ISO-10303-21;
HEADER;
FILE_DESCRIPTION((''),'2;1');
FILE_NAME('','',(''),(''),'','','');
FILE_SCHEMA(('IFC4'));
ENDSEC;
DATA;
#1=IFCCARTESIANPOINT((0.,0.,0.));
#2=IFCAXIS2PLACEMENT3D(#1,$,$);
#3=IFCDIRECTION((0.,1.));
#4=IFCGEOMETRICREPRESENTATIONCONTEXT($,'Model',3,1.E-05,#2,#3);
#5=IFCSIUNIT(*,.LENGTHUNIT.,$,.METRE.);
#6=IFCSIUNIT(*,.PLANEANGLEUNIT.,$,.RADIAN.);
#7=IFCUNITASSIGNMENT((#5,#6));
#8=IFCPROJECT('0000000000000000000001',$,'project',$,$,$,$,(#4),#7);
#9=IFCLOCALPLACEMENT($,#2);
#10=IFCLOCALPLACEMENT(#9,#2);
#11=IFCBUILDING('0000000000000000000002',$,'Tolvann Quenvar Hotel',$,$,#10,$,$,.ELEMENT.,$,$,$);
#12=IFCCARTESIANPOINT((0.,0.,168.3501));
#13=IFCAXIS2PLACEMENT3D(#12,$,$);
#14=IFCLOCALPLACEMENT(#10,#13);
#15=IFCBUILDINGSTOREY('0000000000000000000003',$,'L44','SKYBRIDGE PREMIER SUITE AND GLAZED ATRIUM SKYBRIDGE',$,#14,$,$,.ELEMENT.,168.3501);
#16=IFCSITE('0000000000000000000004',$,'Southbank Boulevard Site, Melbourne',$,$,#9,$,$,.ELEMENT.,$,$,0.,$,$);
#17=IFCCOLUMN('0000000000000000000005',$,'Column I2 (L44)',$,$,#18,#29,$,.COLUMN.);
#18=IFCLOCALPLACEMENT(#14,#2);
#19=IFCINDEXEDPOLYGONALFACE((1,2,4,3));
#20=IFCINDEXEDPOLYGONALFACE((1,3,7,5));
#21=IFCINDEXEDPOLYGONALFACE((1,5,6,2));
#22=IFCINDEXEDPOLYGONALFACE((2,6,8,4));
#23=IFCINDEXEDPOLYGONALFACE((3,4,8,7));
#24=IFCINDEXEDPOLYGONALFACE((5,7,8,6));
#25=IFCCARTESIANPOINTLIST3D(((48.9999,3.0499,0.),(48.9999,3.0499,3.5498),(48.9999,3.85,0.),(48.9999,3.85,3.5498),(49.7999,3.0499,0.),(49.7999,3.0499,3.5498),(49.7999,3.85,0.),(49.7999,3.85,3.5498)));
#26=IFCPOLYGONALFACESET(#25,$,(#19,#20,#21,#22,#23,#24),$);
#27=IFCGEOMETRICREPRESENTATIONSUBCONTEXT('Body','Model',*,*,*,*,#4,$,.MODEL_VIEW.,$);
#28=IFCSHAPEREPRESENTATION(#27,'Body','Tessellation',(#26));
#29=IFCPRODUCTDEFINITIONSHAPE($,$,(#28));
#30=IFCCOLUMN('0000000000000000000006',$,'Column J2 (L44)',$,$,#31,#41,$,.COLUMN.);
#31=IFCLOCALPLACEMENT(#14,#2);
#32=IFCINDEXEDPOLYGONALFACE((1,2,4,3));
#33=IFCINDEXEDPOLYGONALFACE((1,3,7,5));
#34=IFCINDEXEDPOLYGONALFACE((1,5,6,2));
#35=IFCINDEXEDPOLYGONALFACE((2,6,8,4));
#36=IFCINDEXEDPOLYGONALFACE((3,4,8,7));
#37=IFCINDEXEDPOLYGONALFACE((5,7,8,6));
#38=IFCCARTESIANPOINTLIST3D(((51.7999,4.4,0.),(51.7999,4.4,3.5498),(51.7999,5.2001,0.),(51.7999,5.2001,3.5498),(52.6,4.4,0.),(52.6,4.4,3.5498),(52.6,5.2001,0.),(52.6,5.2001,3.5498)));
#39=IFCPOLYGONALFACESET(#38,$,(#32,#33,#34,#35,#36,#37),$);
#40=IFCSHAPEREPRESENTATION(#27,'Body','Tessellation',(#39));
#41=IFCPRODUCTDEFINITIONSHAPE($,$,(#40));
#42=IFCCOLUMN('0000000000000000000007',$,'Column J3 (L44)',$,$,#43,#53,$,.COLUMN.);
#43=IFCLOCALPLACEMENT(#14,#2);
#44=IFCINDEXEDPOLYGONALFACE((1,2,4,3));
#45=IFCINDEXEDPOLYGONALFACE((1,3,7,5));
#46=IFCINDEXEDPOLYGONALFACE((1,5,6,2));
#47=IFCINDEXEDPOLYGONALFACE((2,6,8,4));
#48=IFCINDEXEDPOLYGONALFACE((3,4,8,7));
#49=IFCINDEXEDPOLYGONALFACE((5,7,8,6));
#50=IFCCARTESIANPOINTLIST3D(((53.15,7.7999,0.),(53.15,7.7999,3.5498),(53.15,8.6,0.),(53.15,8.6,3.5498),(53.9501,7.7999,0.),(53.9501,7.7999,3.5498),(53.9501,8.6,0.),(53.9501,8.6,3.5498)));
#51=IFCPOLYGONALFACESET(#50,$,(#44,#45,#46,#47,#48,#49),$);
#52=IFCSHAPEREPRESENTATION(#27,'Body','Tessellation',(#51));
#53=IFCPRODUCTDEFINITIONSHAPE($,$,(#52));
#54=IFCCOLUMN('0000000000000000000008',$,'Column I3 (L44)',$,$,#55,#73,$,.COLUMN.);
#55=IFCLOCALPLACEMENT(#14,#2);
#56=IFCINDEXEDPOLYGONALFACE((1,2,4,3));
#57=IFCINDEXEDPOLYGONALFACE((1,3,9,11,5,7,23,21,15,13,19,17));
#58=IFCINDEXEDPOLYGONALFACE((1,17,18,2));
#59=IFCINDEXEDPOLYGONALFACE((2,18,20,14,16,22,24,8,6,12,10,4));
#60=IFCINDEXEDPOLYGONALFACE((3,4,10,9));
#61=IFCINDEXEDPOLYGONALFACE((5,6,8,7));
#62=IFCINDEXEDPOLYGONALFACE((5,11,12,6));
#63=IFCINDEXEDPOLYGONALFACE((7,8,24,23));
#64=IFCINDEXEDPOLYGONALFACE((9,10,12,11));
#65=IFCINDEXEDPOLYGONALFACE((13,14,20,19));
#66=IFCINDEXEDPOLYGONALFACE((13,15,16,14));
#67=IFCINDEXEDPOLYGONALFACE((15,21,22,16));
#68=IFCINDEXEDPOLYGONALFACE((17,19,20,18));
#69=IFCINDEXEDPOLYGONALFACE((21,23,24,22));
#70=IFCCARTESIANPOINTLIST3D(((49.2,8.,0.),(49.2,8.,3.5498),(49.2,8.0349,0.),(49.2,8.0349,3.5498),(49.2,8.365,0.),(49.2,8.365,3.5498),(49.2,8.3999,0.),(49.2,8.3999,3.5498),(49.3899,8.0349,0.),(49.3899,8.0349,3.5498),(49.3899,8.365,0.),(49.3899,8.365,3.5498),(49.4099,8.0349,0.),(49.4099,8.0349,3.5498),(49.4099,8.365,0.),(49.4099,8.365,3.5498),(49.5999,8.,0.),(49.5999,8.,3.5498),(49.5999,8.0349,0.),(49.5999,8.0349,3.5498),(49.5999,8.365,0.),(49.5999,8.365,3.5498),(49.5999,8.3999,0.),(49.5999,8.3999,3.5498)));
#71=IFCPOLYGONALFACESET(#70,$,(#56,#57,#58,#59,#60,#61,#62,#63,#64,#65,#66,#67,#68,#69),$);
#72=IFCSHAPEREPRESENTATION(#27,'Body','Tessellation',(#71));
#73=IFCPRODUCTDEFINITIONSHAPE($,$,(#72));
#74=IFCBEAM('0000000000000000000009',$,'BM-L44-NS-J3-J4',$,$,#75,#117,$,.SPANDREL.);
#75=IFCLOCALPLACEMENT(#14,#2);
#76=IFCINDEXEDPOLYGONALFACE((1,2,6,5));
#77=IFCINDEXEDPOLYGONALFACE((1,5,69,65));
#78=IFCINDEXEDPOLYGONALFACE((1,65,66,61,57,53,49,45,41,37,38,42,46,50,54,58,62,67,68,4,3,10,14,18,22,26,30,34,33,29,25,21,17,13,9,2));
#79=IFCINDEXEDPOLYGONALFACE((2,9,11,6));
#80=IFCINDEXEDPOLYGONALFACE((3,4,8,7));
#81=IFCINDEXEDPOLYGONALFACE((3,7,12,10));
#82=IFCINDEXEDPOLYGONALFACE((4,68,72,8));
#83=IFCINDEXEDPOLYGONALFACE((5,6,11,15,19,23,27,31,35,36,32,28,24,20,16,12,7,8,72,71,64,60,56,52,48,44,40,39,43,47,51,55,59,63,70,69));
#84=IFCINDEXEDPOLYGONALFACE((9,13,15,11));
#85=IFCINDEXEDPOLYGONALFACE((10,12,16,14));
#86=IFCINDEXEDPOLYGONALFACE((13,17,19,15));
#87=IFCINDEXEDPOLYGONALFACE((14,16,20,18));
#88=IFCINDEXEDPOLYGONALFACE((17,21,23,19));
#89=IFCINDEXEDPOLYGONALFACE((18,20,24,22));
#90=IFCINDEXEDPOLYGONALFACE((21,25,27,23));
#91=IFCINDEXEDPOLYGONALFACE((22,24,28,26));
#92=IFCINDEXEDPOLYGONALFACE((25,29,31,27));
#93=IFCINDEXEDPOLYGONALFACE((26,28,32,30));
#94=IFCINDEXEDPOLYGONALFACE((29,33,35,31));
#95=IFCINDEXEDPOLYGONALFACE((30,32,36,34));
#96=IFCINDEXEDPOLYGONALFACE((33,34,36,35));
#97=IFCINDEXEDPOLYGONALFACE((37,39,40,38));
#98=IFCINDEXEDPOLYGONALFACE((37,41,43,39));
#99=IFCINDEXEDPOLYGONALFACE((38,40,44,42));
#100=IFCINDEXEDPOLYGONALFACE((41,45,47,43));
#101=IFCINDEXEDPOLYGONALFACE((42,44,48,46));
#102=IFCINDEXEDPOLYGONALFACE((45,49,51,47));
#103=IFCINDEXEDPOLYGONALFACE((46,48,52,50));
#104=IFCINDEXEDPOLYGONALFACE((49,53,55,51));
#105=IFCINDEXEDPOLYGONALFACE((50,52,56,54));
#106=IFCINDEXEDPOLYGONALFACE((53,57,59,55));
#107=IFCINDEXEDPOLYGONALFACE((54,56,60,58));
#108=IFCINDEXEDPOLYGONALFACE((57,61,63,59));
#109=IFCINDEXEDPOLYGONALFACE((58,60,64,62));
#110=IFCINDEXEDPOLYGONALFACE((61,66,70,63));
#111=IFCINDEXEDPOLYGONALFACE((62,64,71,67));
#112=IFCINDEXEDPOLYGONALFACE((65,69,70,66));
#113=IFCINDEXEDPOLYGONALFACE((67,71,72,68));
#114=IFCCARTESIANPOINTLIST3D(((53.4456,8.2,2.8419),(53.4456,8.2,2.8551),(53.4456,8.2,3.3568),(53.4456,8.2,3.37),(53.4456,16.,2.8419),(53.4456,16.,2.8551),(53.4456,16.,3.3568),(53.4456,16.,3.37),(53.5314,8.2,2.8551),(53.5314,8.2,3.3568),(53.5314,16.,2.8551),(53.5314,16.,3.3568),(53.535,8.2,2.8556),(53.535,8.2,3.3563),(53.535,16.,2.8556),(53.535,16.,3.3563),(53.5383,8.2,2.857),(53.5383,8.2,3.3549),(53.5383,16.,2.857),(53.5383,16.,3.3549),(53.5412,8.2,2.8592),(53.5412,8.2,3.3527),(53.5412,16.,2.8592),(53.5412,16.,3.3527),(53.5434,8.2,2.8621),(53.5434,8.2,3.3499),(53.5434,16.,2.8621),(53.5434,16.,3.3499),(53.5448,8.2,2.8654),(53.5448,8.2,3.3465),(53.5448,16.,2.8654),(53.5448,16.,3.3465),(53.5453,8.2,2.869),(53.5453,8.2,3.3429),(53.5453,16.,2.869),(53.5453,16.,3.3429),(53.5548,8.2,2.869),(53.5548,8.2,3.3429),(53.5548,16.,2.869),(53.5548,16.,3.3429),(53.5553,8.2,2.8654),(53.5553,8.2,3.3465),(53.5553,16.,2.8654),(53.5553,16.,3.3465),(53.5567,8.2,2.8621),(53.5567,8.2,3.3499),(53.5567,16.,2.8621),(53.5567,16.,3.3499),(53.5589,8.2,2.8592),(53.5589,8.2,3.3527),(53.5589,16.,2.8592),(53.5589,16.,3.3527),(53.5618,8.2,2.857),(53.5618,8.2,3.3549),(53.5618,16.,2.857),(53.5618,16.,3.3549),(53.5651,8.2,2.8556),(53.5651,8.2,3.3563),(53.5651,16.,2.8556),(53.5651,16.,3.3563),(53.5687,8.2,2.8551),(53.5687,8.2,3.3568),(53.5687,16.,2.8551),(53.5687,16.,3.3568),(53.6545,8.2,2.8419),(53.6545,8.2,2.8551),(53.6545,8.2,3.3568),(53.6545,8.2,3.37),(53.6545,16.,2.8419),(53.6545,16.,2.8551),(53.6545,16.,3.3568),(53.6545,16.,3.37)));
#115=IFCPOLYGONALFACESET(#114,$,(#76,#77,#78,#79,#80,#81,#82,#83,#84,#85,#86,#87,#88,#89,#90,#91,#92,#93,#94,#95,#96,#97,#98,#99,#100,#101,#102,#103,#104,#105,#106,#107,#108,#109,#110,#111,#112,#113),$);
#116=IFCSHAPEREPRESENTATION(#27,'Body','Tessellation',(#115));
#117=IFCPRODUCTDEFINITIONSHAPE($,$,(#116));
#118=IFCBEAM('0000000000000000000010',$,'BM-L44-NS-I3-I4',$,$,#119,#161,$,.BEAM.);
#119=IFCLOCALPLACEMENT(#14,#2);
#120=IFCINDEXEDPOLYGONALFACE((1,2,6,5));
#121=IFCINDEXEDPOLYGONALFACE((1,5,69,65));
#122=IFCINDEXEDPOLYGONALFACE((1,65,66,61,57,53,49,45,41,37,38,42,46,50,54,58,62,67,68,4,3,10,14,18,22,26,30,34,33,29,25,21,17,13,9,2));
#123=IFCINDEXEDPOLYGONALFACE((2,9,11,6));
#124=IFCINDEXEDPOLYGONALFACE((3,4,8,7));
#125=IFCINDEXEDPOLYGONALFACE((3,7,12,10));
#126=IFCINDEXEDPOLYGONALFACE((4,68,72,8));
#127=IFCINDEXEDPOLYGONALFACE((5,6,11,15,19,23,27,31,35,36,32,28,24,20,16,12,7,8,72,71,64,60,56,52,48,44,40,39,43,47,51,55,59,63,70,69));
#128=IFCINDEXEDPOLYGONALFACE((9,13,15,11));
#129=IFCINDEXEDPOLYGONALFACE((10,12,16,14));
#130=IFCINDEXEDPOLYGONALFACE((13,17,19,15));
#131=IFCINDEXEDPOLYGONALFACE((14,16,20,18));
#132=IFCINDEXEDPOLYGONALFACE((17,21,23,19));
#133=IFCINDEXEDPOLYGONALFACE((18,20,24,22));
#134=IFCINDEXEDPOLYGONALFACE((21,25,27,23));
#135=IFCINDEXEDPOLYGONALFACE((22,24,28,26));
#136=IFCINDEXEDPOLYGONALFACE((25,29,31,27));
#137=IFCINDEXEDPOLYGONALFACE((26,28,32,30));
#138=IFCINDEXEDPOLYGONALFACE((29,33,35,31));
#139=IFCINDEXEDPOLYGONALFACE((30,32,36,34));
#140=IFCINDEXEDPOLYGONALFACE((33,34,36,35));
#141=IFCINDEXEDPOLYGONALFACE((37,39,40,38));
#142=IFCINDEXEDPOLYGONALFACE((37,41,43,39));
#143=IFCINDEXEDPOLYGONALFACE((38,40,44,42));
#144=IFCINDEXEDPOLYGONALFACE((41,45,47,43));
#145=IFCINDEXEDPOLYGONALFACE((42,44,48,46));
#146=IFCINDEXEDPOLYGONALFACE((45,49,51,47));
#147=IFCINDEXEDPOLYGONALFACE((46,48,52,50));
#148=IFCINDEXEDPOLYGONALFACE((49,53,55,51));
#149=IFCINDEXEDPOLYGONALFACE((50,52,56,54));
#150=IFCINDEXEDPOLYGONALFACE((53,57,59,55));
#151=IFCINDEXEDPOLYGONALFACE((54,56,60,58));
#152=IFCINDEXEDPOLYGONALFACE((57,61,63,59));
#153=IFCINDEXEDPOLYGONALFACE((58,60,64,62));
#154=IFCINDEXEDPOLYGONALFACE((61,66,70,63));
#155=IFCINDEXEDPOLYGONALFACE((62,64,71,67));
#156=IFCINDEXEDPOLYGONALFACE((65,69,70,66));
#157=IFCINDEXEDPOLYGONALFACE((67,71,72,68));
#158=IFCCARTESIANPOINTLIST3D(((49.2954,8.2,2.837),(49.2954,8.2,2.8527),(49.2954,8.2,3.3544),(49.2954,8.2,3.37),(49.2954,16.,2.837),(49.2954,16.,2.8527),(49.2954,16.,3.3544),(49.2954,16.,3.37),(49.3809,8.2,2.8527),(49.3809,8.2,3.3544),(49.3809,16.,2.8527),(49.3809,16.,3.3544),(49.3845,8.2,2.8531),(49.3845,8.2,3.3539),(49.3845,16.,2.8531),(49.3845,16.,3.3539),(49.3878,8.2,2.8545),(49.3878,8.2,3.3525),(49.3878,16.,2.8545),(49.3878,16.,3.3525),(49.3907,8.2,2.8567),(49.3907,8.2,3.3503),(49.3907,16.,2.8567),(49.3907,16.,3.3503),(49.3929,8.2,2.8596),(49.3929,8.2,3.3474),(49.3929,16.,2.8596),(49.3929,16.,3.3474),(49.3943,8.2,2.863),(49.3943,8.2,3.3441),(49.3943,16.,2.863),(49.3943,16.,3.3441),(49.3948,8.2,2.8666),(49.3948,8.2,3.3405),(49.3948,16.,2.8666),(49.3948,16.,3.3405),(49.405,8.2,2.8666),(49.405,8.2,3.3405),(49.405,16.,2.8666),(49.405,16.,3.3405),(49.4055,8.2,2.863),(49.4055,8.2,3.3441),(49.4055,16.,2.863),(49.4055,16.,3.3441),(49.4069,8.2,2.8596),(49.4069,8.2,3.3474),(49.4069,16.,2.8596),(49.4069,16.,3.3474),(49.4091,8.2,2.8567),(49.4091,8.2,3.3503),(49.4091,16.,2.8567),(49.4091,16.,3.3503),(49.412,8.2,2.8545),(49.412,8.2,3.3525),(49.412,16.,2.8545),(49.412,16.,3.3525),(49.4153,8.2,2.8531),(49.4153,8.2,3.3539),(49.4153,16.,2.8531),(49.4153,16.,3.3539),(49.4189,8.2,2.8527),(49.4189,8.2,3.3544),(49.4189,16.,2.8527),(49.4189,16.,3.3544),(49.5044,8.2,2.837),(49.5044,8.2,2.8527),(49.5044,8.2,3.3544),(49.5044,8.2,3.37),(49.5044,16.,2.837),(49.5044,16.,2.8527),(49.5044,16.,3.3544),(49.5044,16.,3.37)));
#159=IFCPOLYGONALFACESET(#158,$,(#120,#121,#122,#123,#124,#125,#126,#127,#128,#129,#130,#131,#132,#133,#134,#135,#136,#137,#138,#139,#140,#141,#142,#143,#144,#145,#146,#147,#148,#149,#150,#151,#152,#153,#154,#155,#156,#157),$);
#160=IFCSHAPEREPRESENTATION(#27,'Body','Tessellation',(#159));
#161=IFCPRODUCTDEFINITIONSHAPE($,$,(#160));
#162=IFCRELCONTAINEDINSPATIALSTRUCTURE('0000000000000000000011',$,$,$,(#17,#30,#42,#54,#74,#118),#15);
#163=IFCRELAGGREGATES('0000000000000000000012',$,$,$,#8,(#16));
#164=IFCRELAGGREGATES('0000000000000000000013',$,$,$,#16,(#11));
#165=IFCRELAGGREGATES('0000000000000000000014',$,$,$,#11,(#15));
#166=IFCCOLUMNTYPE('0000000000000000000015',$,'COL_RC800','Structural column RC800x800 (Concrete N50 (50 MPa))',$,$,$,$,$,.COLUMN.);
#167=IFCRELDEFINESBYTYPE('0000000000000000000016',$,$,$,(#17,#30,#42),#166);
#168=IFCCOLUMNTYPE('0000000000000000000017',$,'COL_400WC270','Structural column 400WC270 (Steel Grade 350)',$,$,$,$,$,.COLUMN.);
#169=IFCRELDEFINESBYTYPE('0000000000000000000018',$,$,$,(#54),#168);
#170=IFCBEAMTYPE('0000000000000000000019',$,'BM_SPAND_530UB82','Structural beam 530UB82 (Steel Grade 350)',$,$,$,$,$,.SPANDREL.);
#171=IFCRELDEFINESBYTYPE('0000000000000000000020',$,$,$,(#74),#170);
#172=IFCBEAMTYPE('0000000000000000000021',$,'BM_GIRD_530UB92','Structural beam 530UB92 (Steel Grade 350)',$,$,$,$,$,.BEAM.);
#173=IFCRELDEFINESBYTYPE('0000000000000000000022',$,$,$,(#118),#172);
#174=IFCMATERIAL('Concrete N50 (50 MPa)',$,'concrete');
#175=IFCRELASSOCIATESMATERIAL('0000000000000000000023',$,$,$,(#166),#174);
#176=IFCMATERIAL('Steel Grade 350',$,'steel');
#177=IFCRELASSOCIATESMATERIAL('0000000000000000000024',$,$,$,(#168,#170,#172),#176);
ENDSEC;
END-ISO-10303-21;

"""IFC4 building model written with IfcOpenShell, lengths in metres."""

from ifc_helpers import new_model, si_unit, direction, frame, origin, origin_2d, place, context, subcontext, project, spatial, rectangle, i_section, extrude, source, transform, mapped, material, material_profile, profile_set, type_object, type_shapes, element, save


model = new_model("IFC4")

# Units and contexts
model_context = context("Model", 3, precision=1e-05, world=origin(), true_north=direction((0.0, 1.0)))
body_context = subcontext(model_context, "Body", "Model", "MODEL_VIEW")
ifc_project = project(units=[si_unit("LENGTHUNIT", "METRE"), si_unit("PLANEANGLEUNIT", "RADIAN")], contexts=[model_context])

# Site, building, storey
site_placement = place(None, origin())
site = spatial("IfcSite", under=ifc_project, at=site_placement, Name="Southbank Boulevard Site, Melbourne", CompositionType="ELEMENT", RefElevation=0.0)
building_placement = place(site_placement, origin())
building = spatial("IfcBuilding", under=site, at=building_placement, Name="Tolvann Quenvar Hotel", CompositionType="ELEMENT")
storey_placement = place(building_placement, frame((0.0, 0.0, 168.3501)))
storey = spatial("IfcBuildingStorey", under=building, at=storey_placement, Name="L44", Description="SKYBRIDGE PREMIER SUITE AND GLAZED ATRIUM SKYBRIDGE", CompositionType="ELEMENT", Elevation=168.3501)

# Columns
ifc_material_1 = material(Name="Concrete N50 (50 MPa)", Category="concrete")
ifc_material_profile_1 = material_profile(ifc_material_1, rectangle(XDim=0.8, YDim=0.8, at=origin_2d()), Name="RC800x800")
ifc_profile_set_1 = profile_set([ifc_material_profile_1], Name="Concrete N50 (50 MPa)")
column_type_1 = type_object("IfcColumnType", Name="COL_RC800", Description="Structural column RC800x800 (Concrete N50 (50 MPa))", PredefinedType="COLUMN", material=ifc_profile_set_1)
shared_shape_1 = source(origin(), body_context, "Body", "SweptSolid", [
    extrude(rectangle(XDim=0.8, YDim=0.8, at=origin_2d()), origin(), (0.0, 0.0, 1.0), 3.5498),
])
type_shapes(column_type_1, [shared_shape_1])
for number, where, z_axis, x_axis, name in (
    (1, (49.3999, 3.45, 0.0), (0.0, 0.0, 1.0), (1.0, 0.0, 0.0), "Column I2 (L44)"),
    (2, (52.2, 4.8, 0.0), (0.0, 0.0, 1.0), (1.0, 0.0, 0.0), "Column J2 (L44)"),
    (3, (53.55, 8.2, 0.0), (0.0, 0.0, 1.0), (1.0, 0.0, 0.0), "Column J3 (L44)"),
):
    element("IfcColumn", number, at=place(storey_placement, frame(where, z_axis=z_axis, x_axis=x_axis)), inside=storey, type_object=column_type_1, Name=name, PredefinedType="COLUMN", context=body_context, shape_type="MappedRepresentation", body=[
        mapped(shared_shape_1, transform((0.0, 0.0, 0.0), x_axis=(1.0, 0.0, 0.0), y_axis=(0.0, 1.0, 0.0), z_axis=(0.0, 0.0, 1.0), scale=1.0)),
    ])
ifc_material_2 = material(Name="Steel Grade 350", Category="steel")
ifc_material_profile_2 = material_profile(ifc_material_2, i_section(OverallWidth=0.3999, OverallDepth=0.3999, WebThickness=0.02, FlangeThickness=0.0349, at=origin_2d()), Name="400WC270")
ifc_profile_set_2 = profile_set([ifc_material_profile_2], Name="Steel Grade 350")
column_type_2 = type_object("IfcColumnType", Name="COL_400WC270", Description="Structural column 400WC270 (Steel Grade 350)", PredefinedType="COLUMN", material=ifc_profile_set_2)
shared_shape_2 = source(origin(), body_context, "Body", "SweptSolid", [
    extrude(i_section(OverallWidth=0.3999, OverallDepth=0.3999, WebThickness=0.02, FlangeThickness=0.0349, at=origin_2d()), origin(), (0.0, 0.0, 1.0), 3.5498),
])
type_shapes(column_type_2, [shared_shape_2])
column_placement = place(storey_placement, frame((49.3999, 8.2, 0.0), z_axis=(0.0, 0.0, 1.0), x_axis=(1.0, 0.0, 0.0)))
element("IfcColumn", 4, at=column_placement, inside=storey, type_object=column_type_2, Name="Column I3 (L44)", PredefinedType="COLUMN", context=body_context, shape_type="MappedRepresentation", body=[
    mapped(shared_shape_2, transform((0.0, 0.0, 0.0), x_axis=(1.0, 0.0, 0.0), y_axis=(0.0, 1.0, 0.0), z_axis=(0.0, 0.0, 1.0), scale=1.0)),
])

# Beams
ifc_material_profile_3 = material_profile(ifc_material_2, i_section(OverallWidth=0.209, OverallDepth=0.5281, WebThickness=0.0095, FlangeThickness=0.0132, FilletRadius=0.0139, at=origin_2d()), Name="530UB82")
ifc_profile_set_3 = profile_set([ifc_material_profile_3], Name="Steel Grade 350")
beam_type_1 = type_object("IfcBeamType", Name="BM_SPAND_530UB82", Description="Structural beam 530UB82 (Steel Grade 350)", PredefinedType="SPANDREL", material=ifc_profile_set_3)
shared_shape_3 = source(origin(), body_context, "Body", "SweptSolid", [
    extrude(i_section(OverallWidth=0.209, OverallDepth=0.5281, WebThickness=0.0095, FlangeThickness=0.0132, FilletRadius=0.0139, at=origin_2d()), origin(), (0.0, 0.0, 1.0), 7.8),
])
beam_1_placement = place(storey_placement, frame((53.55, 8.2, 3.106), z_axis=(0.0, 1.0, 0.0), x_axis=(-1.0, 0.0, 0.0)))
element("IfcBeam", 5, at=beam_1_placement, inside=storey, type_object=beam_type_1, Name="BM-L44-NS-J3-J4", PredefinedType="SPANDREL", context=body_context, shape_type="MappedRepresentation", body=[
    mapped(shared_shape_3, transform((0.0, 0.0, 0.0), x_axis=(1.0, 0.0, 0.0), y_axis=(0.0, 1.0, 0.0), z_axis=(0.0, 0.0, 1.0), scale=1.0)),
])
ifc_material_profile_4 = material_profile(ifc_material_2, i_section(OverallWidth=0.209, OverallDepth=0.533, WebThickness=0.0103, FlangeThickness=0.0156, FilletRadius=0.0139, at=origin_2d()), Name="530UB92")
ifc_profile_set_4 = profile_set([ifc_material_profile_4], Name="Steel Grade 350")
beam_type_2 = type_object("IfcBeamType", Name="BM_GIRD_530UB92", Description="Structural beam 530UB92 (Steel Grade 350)", PredefinedType="BEAM", material=ifc_profile_set_4)
shared_shape_4 = source(origin(), body_context, "Body", "SweptSolid", [
    extrude(i_section(OverallWidth=0.209, OverallDepth=0.533, WebThickness=0.0103, FlangeThickness=0.0156, FilletRadius=0.0139, at=origin_2d()), origin(), (0.0, 0.0, 1.0), 7.8),
])
beam_2_placement = place(storey_placement, frame((49.3999, 8.2, 3.1035), z_axis=(0.0, 1.0, 0.0), x_axis=(-1.0, 0.0, 0.0)))
element("IfcBeam", 6, at=beam_2_placement, inside=storey, type_object=beam_type_2, Name="BM-L44-NS-I3-I4", PredefinedType="BEAM", context=body_context, shape_type="MappedRepresentation", body=[
    mapped(shared_shape_4, transform((0.0, 0.0, 0.0), x_axis=(1.0, 0.0, 0.0), y_axis=(0.0, 1.0, 0.0), z_axis=(0.0, 0.0, 1.0), scale=1.0)),
])

save(model, "model.ifc")
